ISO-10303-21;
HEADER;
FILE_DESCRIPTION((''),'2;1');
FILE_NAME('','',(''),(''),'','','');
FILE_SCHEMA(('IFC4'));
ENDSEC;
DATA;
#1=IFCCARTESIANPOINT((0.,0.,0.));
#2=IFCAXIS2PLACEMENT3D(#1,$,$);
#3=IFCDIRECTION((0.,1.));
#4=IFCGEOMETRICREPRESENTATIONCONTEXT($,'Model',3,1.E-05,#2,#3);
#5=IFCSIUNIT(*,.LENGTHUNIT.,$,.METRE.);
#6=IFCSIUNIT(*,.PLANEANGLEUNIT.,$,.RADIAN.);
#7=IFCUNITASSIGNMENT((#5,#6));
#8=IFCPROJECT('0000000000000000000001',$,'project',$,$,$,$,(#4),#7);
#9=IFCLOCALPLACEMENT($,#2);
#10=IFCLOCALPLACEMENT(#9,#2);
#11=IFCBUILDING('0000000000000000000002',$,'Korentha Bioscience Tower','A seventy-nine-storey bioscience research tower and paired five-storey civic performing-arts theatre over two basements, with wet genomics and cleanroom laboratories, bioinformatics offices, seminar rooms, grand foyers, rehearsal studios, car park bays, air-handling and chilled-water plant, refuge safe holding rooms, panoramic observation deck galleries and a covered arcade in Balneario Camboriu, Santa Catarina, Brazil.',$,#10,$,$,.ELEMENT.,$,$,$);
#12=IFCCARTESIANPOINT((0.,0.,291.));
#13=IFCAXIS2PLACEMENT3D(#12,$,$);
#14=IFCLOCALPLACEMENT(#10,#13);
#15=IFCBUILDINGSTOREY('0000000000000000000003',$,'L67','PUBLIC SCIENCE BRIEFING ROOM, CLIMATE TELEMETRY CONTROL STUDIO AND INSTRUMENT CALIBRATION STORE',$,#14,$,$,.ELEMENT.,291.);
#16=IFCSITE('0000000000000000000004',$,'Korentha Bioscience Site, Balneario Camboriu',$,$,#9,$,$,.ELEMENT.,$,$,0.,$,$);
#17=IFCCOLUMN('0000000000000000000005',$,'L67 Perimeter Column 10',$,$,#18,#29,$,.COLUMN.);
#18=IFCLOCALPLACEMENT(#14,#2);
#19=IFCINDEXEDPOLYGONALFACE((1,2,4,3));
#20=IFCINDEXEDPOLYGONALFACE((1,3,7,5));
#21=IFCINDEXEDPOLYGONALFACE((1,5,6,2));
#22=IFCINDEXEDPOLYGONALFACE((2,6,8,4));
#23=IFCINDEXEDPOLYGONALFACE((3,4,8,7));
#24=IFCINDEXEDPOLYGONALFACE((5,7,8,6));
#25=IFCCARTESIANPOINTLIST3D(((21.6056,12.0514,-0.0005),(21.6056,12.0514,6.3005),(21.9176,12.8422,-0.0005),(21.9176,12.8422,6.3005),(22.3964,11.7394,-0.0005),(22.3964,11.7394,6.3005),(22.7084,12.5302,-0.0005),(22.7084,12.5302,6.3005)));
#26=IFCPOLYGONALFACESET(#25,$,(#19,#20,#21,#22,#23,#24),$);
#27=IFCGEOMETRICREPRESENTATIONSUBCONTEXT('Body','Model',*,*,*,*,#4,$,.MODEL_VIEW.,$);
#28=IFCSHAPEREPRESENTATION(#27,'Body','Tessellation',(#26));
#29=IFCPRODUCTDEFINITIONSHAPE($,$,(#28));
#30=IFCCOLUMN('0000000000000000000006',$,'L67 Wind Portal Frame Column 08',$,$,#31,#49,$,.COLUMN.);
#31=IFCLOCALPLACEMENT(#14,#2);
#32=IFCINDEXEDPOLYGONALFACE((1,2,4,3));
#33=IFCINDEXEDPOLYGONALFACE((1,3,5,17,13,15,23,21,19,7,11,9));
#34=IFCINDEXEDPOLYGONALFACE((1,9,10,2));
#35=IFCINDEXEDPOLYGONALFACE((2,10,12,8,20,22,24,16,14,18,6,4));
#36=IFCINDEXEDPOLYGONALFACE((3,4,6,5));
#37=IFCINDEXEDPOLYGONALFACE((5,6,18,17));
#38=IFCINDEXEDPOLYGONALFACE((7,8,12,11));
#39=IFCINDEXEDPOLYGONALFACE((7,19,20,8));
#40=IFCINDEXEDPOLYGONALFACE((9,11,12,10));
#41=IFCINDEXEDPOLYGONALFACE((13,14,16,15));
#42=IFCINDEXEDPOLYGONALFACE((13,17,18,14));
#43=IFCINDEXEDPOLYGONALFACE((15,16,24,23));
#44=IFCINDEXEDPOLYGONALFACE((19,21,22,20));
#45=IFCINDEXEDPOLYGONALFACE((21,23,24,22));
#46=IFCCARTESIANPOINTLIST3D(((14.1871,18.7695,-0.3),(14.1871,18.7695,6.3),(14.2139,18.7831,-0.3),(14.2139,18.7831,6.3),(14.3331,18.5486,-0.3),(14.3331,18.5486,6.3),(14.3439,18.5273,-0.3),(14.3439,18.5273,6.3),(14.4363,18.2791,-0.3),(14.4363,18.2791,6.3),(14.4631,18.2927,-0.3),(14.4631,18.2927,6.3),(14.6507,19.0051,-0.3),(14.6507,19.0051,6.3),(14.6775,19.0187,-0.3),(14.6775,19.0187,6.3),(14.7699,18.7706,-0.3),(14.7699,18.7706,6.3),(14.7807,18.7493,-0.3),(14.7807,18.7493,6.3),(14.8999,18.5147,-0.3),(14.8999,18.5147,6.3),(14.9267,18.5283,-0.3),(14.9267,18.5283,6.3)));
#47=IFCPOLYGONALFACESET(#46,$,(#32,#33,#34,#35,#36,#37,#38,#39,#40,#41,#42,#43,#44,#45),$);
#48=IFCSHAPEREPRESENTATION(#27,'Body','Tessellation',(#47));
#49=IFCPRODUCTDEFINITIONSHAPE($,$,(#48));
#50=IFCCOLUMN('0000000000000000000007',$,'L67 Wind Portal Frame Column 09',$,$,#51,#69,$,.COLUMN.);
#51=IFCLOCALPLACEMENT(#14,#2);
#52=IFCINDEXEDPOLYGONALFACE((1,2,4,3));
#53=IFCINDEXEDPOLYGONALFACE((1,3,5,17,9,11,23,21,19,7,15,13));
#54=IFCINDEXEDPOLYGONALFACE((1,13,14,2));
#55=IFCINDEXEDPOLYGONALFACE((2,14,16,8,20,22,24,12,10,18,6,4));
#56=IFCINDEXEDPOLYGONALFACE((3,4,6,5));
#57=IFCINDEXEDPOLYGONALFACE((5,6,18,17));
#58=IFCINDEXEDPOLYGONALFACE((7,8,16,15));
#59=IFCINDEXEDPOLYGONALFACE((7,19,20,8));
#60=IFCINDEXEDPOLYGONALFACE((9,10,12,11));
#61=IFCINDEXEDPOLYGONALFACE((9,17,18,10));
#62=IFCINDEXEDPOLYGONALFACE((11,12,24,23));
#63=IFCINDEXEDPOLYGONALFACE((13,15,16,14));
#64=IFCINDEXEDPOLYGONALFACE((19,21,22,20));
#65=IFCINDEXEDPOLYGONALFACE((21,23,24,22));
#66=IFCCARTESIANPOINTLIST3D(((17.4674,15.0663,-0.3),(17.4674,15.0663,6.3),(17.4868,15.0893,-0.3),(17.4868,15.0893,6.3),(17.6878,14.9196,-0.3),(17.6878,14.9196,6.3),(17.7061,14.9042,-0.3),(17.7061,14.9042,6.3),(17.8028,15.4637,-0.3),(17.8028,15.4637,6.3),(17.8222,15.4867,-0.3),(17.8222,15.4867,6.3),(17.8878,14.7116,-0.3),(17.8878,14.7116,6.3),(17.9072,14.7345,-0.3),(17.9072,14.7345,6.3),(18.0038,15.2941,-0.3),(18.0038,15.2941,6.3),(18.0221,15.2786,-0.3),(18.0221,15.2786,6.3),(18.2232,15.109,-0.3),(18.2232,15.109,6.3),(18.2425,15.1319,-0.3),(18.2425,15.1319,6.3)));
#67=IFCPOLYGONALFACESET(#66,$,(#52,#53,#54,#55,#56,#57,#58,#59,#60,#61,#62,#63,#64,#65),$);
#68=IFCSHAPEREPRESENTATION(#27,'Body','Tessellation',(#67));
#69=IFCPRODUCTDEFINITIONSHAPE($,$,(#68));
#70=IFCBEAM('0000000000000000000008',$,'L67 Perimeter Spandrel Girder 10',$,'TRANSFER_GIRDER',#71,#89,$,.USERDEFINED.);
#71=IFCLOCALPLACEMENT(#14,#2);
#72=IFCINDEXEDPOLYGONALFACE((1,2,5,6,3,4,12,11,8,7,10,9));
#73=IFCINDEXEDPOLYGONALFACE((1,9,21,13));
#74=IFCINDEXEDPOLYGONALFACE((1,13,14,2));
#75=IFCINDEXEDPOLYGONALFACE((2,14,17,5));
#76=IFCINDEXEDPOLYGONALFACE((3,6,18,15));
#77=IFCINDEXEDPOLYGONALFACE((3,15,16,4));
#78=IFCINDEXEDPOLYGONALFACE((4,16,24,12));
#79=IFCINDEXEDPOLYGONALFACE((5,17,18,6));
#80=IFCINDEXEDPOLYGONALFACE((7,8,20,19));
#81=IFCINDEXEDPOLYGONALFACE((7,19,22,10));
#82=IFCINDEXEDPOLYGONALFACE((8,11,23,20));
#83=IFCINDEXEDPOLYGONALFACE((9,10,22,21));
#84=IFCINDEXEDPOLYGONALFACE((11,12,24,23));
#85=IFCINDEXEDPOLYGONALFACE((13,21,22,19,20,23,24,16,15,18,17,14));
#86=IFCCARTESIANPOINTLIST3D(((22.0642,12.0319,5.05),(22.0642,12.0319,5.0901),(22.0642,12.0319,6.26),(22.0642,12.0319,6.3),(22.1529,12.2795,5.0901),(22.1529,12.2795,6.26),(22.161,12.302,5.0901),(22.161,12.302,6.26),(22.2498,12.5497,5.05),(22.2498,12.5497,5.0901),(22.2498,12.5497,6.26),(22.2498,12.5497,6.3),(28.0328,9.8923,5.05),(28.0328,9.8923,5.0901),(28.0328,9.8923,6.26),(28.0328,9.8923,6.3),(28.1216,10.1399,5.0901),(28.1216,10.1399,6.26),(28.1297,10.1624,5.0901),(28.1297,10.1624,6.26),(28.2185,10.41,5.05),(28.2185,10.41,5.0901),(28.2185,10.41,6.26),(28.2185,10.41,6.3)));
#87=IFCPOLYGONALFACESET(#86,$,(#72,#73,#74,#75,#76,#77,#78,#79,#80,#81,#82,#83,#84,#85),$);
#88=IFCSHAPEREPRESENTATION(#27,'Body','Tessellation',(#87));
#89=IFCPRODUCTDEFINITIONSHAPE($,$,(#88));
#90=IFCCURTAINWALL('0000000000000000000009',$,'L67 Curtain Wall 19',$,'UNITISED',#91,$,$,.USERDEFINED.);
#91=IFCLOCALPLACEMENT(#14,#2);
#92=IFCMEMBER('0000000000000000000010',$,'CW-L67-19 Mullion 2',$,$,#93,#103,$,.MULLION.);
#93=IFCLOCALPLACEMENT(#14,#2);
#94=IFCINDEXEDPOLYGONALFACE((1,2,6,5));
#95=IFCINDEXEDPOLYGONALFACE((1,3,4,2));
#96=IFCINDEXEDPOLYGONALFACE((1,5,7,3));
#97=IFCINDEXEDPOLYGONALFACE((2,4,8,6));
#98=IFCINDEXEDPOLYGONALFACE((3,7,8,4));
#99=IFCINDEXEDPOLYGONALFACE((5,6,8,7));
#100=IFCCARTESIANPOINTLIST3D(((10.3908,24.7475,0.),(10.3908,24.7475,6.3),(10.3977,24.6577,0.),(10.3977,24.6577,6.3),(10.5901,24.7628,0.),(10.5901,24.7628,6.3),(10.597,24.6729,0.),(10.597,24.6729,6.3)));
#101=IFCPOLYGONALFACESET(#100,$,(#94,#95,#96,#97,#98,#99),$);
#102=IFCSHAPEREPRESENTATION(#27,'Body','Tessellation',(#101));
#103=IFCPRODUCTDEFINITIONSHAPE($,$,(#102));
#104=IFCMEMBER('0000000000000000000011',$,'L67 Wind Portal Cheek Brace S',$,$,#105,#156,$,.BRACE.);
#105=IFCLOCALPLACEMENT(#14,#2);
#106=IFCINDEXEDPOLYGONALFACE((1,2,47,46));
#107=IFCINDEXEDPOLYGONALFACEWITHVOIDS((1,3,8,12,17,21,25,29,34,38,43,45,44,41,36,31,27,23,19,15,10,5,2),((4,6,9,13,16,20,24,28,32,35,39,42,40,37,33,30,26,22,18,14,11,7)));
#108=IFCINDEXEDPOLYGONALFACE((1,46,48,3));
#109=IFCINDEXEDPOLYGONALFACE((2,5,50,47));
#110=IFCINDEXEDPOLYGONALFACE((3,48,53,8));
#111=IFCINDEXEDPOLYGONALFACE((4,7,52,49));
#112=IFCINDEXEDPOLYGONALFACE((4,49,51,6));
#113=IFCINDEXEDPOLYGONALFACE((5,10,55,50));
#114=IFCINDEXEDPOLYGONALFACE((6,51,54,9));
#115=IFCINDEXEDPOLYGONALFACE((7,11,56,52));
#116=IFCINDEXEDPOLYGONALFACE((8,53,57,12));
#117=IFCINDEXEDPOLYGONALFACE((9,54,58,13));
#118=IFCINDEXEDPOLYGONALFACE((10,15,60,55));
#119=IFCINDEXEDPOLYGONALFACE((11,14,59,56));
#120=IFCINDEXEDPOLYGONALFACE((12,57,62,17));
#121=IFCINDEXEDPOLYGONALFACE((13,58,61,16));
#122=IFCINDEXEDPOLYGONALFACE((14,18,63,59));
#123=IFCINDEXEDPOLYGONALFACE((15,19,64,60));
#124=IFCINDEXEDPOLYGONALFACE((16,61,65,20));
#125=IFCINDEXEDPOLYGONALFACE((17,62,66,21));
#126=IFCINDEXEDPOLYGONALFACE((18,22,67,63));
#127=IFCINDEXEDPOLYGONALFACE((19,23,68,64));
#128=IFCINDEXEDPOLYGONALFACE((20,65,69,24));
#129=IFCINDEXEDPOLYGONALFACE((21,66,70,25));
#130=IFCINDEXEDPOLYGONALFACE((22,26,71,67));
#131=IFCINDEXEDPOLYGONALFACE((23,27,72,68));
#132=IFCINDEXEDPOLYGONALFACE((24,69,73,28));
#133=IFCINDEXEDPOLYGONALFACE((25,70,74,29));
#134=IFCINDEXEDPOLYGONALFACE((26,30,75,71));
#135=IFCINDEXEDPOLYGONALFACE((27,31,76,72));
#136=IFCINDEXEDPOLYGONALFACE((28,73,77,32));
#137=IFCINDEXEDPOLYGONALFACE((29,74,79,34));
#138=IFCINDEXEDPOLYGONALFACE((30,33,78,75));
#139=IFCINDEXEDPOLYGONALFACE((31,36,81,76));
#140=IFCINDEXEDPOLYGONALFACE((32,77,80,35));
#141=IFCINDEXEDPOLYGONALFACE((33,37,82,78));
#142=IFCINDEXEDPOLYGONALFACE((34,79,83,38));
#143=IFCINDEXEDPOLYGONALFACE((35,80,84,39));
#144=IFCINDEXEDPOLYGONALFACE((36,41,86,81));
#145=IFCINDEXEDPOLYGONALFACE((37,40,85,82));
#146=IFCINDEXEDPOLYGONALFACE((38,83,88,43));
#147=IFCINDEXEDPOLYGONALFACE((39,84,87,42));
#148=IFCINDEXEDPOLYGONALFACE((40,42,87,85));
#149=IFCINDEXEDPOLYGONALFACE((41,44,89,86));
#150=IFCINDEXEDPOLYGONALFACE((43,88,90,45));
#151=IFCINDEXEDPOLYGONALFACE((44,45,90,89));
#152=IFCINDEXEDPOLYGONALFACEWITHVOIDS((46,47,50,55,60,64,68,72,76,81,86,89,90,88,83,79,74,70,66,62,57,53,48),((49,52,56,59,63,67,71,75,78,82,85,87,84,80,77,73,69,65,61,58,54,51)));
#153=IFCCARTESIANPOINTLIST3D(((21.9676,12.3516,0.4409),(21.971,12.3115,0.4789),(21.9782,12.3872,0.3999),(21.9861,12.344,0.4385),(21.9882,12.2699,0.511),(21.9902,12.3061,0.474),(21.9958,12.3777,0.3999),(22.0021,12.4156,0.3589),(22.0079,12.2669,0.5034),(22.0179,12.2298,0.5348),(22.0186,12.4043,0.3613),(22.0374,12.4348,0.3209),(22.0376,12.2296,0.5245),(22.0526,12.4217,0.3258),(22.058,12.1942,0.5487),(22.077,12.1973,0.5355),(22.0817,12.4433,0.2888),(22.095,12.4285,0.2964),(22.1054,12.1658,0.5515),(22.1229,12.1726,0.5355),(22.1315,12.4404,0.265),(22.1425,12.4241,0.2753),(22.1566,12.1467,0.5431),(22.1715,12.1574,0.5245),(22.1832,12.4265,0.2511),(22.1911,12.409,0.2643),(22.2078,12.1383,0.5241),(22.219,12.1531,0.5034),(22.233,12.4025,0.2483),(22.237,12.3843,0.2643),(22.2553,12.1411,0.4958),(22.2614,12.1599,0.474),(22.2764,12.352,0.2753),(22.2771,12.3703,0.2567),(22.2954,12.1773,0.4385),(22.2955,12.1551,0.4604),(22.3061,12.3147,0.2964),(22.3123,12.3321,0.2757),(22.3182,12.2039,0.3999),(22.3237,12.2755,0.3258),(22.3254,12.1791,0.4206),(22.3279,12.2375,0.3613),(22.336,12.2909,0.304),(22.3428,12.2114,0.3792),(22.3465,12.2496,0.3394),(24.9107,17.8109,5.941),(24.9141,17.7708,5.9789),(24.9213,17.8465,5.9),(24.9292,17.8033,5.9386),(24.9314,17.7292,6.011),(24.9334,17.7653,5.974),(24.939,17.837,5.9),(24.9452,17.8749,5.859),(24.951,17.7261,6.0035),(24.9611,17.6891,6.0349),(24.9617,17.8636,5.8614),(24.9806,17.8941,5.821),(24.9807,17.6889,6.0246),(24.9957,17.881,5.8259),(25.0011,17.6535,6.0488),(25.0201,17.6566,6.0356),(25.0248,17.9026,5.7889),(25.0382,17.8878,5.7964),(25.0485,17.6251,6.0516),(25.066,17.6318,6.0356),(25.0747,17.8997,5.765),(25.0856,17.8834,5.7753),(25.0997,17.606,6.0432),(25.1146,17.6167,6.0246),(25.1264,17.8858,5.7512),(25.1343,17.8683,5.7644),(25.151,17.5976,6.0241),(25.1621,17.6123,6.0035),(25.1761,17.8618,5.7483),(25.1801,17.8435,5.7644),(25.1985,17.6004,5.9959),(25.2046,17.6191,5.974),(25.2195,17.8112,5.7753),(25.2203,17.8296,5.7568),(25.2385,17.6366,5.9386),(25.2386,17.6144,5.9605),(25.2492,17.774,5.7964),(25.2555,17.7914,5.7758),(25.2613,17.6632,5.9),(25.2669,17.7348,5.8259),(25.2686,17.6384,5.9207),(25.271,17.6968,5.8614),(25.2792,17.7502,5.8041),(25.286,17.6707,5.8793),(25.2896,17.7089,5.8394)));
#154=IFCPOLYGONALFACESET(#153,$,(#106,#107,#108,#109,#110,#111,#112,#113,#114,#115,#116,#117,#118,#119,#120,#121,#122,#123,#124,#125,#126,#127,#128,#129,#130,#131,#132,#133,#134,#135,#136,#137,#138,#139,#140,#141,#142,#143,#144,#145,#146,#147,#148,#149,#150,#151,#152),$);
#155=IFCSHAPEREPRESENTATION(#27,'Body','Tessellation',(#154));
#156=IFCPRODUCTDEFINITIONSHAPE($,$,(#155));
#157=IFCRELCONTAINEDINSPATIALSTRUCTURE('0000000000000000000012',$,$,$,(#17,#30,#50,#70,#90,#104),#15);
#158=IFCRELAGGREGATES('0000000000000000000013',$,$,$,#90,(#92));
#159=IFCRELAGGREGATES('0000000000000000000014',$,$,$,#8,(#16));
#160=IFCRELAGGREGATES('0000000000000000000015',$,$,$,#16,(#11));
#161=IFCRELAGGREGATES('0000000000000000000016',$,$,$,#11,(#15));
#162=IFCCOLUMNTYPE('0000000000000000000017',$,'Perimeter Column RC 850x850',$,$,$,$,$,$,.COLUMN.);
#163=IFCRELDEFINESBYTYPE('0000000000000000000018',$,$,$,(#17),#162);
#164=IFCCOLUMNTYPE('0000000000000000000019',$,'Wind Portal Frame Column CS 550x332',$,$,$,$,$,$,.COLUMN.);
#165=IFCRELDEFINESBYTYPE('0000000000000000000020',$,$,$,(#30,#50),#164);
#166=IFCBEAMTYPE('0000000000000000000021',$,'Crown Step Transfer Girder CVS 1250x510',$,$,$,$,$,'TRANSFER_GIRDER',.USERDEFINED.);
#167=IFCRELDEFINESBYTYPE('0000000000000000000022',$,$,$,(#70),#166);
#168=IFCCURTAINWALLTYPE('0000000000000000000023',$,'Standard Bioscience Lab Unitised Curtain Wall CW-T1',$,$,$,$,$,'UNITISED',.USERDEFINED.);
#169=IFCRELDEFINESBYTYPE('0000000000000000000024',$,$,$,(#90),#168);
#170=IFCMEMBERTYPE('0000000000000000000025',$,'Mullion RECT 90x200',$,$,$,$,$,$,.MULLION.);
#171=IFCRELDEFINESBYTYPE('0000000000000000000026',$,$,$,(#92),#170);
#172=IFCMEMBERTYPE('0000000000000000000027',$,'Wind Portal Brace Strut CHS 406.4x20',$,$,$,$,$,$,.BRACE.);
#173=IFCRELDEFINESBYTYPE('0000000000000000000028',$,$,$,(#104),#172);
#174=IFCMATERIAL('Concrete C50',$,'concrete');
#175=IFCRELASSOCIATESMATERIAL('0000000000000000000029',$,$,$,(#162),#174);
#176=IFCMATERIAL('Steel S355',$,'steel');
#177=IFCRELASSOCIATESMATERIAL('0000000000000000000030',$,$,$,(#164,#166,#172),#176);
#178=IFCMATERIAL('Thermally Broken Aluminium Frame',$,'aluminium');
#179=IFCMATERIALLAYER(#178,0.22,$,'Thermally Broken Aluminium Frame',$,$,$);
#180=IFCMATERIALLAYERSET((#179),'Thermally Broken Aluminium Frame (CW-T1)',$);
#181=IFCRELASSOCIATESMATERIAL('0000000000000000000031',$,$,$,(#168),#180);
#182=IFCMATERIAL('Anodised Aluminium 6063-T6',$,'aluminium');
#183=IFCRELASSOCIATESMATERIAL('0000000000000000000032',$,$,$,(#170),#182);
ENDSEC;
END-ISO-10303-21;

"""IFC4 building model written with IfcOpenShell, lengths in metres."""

from ifc_helpers import new_model, si_unit, direction, frame, origin, origin_2d, place, context, subcontext, project, spatial, rectangle, hollow_circle, i_section, extrude, material, layer, layer_set, material_profile, profile_set, type_object, element, aggregate, save


model = new_model("IFC4")

# Units and contexts
model_context = context("Model", 3, precision=1e-05, world=origin(), true_north=direction((0.0, 1.0)))
body_context = subcontext(model_context, "Body", "Model", "MODEL_VIEW")
ifc_project = project(units=[si_unit("LENGTHUNIT", "METRE"), si_unit("PLANEANGLEUNIT", "RADIAN")], contexts=[model_context])

# Site, building, storey
site_placement = place(None, origin())
site = spatial("IfcSite", under=ifc_project, at=site_placement, Name="Korentha Bioscience Site, Balneario Camboriu", CompositionType="ELEMENT", RefElevation=0.0)
building_placement = place(site_placement, origin())
building = spatial("IfcBuilding", under=site, at=building_placement, Name="Korentha Bioscience Tower", Description="A seventy-nine-storey bioscience research tower and paired five-storey civic performing-arts theatre over two basements, with wet genomics and cleanroom laboratories, bioinformatics offices, seminar rooms, grand foyers, rehearsal studios, car park bays, air-handling and chilled-water plant, refuge safe holding rooms, panoramic observation deck galleries and a covered arcade in Balneario Camboriu, Santa Catarina, Brazil.", CompositionType="ELEMENT")
storey_placement = place(building_placement, frame((0.0, 0.0, 291.0)))
storey = spatial("IfcBuildingStorey", under=building, at=storey_placement, Name="L67", Description="PUBLIC SCIENCE BRIEFING ROOM, CLIMATE TELEMETRY CONTROL STUDIO AND INSTRUMENT CALIBRATION STORE", CompositionType="ELEMENT", Elevation=291.0)

# Columns
ifc_material_1 = material(Name="Concrete C50", Category="concrete")
ifc_material_profile_1 = material_profile(ifc_material_1, rectangle(XDim=0.8501, YDim=0.8501, at=origin_2d()), Name="Concrete C50")
ifc_profile_set_1 = profile_set([ifc_material_profile_1], Name="Concrete C50 (COL-P08)")
column_type_1 = type_object("IfcColumnType", Name="Perimeter Column RC 850x850", PredefinedType="COLUMN", material=ifc_profile_set_1)
column_placement = place(storey_placement, frame((22.157, 12.2908, -0.0005), z_axis=(0.0, 0.0, 1.0), x_axis=(-0.930226, 0.366988, 0.0)))
element("IfcColumn", 1, at=column_placement, inside=storey, type_object=column_type_1, Name="L67 Perimeter Column 10", PredefinedType="COLUMN", context=body_context, shape_type="SweptSolid", body=[
    extrude(rectangle(XDim=0.8501, YDim=0.8501, at=origin_2d()), origin(), (0.0, 0.0, 1.0), 6.301),
])
ifc_material_2 = material(Name="Steel S355", Category="steel")
ifc_material_profile_2 = material_profile(ifc_material_2, i_section(OverallWidth=0.55, OverallDepth=0.55, WebThickness=0.0239, FlangeThickness=0.03, at=origin_2d()), Name="Steel S355")
ifc_profile_set_2 = profile_set([ifc_material_profile_2], Name="Steel S355 (WP-C1)")
column_type_2 = type_object("IfcColumnType", Name="Wind Portal Frame Column CS 550x332", PredefinedType="COLUMN", material=ifc_profile_set_2)
for number, where, z_axis, x_axis, name in (
    (2, (14.5569, 18.6489, -0.3), (0.0, 0.0, 1.0), (-0.453057, 0.891481, 0.0), "L67 Wind Portal Frame Column 08"),
    (3, (17.855, 15.0991, -0.3), (0.0, 0.0, 1.0), (-0.764246, 0.644924, 0.0), "L67 Wind Portal Frame Column 09"),
):
    element("IfcColumn", number, at=place(storey_placement, frame(where, z_axis=z_axis, x_axis=x_axis)), inside=storey, type_object=column_type_2, Name=name, PredefinedType="COLUMN", context=body_context, shape_type="SweptSolid", body=[
        extrude(i_section(OverallWidth=0.55, OverallDepth=0.55, WebThickness=0.0239, FlangeThickness=0.03, at=origin_2d()), origin(), (0.0, 0.0, 1.0), 6.6001),
    ])

# Beam
ifc_material_profile_3 = material_profile(ifc_material_2, i_section(OverallWidth=0.55, OverallDepth=1.25, WebThickness=0.0239, FlangeThickness=0.04, at=origin_2d()), Name="Steel S355")
ifc_profile_set_3 = profile_set([ifc_material_profile_3], Name="Steel S355 (TG-03)")
beam_type_1 = type_object("IfcBeamType", Name="Crown Step Transfer Girder CVS 1250x510", ElementType="TRANSFER_GIRDER", PredefinedType="USERDEFINED", material=ifc_profile_set_3)
beam_1_placement = place(storey_placement, frame((22.157, 12.2908, 5.675), z_axis=(0.941344, -0.337448, 0.0), x_axis=(0.337448, 0.941344, 0.0)))
element("IfcBeam", 4, at=beam_1_placement, inside=storey, type_object=beam_type_1, Name="L67 Perimeter Spandrel Girder 10", ObjectType="TRANSFER_GIRDER", PredefinedType="USERDEFINED", context=body_context, shape_type="SweptSolid", body=[
    extrude(i_section(OverallWidth=0.55, OverallDepth=1.25, WebThickness=0.0239, FlangeThickness=0.04, at=origin_2d()), origin(), (0.0, 0.0, 1.0), 6.3406),
])

# Curtain wall, member
ifc_material_3 = material(Name="Thermally Broken Aluminium Frame", Category="aluminium")
ifc_layer_1 = layer(ifc_material_3, 0.22, Name="Thermally Broken Aluminium Frame")
ifc_layer_set_1 = layer_set([ifc_layer_1], Name="Thermally Broken Aluminium Frame (CW-T1)")
curtain_wall_type = type_object("IfcCurtainWallType", Name="Standard Bioscience Lab Unitised Curtain Wall CW-T1", ElementType="UNITISED", PredefinedType="USERDEFINED", material=ifc_layer_set_1)
curtain_wall_placement = place(storey_placement, origin())
curtain_wall = element("IfcCurtainWall", 5, at=curtain_wall_placement, inside=storey, type_object=curtain_wall_type, Name="L67 Curtain Wall 19", ObjectType="UNITISED", PredefinedType="USERDEFINED")
ifc_material_4 = material(Name="Anodised Aluminium 6063-T6", Category="aluminium")
ifc_material_profile_4 = material_profile(ifc_material_4, rectangle(XDim=0.0901, YDim=0.2, at=origin_2d()), Name="Anodised Aluminium 6063-T6")
ifc_profile_set_4 = profile_set([ifc_material_profile_4], Name="Anodised Aluminium 6063-T6 (CW-MUL)")
member_type_1 = type_object("IfcMemberType", Name="Mullion RECT 90x200", PredefinedType="MULLION", material=ifc_profile_set_4)
member_1_placement = place(storey_placement, frame((10.4939, 24.7102, 0.0), z_axis=(0.0, 0.0, 1.0), x_axis=(0.076447, -0.997074, 0.0)))
member_1 = element("IfcMember", 6, at=member_1_placement, type_object=member_type_1, Name="CW-L67-19 Mullion 2", PredefinedType="MULLION", context=body_context, shape_type="SweptSolid", body=[
    extrude(rectangle(XDim=0.0901, YDim=0.2, at=origin_2d()), origin(), (0.0, 0.0, 1.0), 6.3),
])
aggregate(curtain_wall, [member_1])

# Member
ifc_material_profile_5 = material_profile(ifc_material_2, hollow_circle(Radius=0.2031, WallThickness=0.02, at=origin_2d()), Name="Steel S355")
ifc_profile_set_5 = profile_set([ifc_material_profile_5], Name="Steel S355 (WP-BR406)")
member_type_2 = type_object("IfcMemberType", Name="Wind Portal Brace Strut CHS 406.4x20", PredefinedType="BRACE", material=ifc_profile_set_5)
member_2_placement = place(storey_placement, frame((22.157, 12.2908, 0.3999), z_axis=(0.355043, 0.658575, 0.663493), x_axis=(-0.880233, 0.474541, 0.0)))
element("IfcMember", 7, at=member_2_placement, inside=storey, type_object=member_type_2, Name="L67 Wind Portal Cheek Brace S", PredefinedType="BRACE", context=body_context, shape_type="SweptSolid", body=[
    extrude(hollow_circle(Radius=0.2031, WallThickness=0.02, at=origin_2d()), origin(), (0.0, 0.0, 1.0), 8.2896),
])

save(model, "model.ifc")
